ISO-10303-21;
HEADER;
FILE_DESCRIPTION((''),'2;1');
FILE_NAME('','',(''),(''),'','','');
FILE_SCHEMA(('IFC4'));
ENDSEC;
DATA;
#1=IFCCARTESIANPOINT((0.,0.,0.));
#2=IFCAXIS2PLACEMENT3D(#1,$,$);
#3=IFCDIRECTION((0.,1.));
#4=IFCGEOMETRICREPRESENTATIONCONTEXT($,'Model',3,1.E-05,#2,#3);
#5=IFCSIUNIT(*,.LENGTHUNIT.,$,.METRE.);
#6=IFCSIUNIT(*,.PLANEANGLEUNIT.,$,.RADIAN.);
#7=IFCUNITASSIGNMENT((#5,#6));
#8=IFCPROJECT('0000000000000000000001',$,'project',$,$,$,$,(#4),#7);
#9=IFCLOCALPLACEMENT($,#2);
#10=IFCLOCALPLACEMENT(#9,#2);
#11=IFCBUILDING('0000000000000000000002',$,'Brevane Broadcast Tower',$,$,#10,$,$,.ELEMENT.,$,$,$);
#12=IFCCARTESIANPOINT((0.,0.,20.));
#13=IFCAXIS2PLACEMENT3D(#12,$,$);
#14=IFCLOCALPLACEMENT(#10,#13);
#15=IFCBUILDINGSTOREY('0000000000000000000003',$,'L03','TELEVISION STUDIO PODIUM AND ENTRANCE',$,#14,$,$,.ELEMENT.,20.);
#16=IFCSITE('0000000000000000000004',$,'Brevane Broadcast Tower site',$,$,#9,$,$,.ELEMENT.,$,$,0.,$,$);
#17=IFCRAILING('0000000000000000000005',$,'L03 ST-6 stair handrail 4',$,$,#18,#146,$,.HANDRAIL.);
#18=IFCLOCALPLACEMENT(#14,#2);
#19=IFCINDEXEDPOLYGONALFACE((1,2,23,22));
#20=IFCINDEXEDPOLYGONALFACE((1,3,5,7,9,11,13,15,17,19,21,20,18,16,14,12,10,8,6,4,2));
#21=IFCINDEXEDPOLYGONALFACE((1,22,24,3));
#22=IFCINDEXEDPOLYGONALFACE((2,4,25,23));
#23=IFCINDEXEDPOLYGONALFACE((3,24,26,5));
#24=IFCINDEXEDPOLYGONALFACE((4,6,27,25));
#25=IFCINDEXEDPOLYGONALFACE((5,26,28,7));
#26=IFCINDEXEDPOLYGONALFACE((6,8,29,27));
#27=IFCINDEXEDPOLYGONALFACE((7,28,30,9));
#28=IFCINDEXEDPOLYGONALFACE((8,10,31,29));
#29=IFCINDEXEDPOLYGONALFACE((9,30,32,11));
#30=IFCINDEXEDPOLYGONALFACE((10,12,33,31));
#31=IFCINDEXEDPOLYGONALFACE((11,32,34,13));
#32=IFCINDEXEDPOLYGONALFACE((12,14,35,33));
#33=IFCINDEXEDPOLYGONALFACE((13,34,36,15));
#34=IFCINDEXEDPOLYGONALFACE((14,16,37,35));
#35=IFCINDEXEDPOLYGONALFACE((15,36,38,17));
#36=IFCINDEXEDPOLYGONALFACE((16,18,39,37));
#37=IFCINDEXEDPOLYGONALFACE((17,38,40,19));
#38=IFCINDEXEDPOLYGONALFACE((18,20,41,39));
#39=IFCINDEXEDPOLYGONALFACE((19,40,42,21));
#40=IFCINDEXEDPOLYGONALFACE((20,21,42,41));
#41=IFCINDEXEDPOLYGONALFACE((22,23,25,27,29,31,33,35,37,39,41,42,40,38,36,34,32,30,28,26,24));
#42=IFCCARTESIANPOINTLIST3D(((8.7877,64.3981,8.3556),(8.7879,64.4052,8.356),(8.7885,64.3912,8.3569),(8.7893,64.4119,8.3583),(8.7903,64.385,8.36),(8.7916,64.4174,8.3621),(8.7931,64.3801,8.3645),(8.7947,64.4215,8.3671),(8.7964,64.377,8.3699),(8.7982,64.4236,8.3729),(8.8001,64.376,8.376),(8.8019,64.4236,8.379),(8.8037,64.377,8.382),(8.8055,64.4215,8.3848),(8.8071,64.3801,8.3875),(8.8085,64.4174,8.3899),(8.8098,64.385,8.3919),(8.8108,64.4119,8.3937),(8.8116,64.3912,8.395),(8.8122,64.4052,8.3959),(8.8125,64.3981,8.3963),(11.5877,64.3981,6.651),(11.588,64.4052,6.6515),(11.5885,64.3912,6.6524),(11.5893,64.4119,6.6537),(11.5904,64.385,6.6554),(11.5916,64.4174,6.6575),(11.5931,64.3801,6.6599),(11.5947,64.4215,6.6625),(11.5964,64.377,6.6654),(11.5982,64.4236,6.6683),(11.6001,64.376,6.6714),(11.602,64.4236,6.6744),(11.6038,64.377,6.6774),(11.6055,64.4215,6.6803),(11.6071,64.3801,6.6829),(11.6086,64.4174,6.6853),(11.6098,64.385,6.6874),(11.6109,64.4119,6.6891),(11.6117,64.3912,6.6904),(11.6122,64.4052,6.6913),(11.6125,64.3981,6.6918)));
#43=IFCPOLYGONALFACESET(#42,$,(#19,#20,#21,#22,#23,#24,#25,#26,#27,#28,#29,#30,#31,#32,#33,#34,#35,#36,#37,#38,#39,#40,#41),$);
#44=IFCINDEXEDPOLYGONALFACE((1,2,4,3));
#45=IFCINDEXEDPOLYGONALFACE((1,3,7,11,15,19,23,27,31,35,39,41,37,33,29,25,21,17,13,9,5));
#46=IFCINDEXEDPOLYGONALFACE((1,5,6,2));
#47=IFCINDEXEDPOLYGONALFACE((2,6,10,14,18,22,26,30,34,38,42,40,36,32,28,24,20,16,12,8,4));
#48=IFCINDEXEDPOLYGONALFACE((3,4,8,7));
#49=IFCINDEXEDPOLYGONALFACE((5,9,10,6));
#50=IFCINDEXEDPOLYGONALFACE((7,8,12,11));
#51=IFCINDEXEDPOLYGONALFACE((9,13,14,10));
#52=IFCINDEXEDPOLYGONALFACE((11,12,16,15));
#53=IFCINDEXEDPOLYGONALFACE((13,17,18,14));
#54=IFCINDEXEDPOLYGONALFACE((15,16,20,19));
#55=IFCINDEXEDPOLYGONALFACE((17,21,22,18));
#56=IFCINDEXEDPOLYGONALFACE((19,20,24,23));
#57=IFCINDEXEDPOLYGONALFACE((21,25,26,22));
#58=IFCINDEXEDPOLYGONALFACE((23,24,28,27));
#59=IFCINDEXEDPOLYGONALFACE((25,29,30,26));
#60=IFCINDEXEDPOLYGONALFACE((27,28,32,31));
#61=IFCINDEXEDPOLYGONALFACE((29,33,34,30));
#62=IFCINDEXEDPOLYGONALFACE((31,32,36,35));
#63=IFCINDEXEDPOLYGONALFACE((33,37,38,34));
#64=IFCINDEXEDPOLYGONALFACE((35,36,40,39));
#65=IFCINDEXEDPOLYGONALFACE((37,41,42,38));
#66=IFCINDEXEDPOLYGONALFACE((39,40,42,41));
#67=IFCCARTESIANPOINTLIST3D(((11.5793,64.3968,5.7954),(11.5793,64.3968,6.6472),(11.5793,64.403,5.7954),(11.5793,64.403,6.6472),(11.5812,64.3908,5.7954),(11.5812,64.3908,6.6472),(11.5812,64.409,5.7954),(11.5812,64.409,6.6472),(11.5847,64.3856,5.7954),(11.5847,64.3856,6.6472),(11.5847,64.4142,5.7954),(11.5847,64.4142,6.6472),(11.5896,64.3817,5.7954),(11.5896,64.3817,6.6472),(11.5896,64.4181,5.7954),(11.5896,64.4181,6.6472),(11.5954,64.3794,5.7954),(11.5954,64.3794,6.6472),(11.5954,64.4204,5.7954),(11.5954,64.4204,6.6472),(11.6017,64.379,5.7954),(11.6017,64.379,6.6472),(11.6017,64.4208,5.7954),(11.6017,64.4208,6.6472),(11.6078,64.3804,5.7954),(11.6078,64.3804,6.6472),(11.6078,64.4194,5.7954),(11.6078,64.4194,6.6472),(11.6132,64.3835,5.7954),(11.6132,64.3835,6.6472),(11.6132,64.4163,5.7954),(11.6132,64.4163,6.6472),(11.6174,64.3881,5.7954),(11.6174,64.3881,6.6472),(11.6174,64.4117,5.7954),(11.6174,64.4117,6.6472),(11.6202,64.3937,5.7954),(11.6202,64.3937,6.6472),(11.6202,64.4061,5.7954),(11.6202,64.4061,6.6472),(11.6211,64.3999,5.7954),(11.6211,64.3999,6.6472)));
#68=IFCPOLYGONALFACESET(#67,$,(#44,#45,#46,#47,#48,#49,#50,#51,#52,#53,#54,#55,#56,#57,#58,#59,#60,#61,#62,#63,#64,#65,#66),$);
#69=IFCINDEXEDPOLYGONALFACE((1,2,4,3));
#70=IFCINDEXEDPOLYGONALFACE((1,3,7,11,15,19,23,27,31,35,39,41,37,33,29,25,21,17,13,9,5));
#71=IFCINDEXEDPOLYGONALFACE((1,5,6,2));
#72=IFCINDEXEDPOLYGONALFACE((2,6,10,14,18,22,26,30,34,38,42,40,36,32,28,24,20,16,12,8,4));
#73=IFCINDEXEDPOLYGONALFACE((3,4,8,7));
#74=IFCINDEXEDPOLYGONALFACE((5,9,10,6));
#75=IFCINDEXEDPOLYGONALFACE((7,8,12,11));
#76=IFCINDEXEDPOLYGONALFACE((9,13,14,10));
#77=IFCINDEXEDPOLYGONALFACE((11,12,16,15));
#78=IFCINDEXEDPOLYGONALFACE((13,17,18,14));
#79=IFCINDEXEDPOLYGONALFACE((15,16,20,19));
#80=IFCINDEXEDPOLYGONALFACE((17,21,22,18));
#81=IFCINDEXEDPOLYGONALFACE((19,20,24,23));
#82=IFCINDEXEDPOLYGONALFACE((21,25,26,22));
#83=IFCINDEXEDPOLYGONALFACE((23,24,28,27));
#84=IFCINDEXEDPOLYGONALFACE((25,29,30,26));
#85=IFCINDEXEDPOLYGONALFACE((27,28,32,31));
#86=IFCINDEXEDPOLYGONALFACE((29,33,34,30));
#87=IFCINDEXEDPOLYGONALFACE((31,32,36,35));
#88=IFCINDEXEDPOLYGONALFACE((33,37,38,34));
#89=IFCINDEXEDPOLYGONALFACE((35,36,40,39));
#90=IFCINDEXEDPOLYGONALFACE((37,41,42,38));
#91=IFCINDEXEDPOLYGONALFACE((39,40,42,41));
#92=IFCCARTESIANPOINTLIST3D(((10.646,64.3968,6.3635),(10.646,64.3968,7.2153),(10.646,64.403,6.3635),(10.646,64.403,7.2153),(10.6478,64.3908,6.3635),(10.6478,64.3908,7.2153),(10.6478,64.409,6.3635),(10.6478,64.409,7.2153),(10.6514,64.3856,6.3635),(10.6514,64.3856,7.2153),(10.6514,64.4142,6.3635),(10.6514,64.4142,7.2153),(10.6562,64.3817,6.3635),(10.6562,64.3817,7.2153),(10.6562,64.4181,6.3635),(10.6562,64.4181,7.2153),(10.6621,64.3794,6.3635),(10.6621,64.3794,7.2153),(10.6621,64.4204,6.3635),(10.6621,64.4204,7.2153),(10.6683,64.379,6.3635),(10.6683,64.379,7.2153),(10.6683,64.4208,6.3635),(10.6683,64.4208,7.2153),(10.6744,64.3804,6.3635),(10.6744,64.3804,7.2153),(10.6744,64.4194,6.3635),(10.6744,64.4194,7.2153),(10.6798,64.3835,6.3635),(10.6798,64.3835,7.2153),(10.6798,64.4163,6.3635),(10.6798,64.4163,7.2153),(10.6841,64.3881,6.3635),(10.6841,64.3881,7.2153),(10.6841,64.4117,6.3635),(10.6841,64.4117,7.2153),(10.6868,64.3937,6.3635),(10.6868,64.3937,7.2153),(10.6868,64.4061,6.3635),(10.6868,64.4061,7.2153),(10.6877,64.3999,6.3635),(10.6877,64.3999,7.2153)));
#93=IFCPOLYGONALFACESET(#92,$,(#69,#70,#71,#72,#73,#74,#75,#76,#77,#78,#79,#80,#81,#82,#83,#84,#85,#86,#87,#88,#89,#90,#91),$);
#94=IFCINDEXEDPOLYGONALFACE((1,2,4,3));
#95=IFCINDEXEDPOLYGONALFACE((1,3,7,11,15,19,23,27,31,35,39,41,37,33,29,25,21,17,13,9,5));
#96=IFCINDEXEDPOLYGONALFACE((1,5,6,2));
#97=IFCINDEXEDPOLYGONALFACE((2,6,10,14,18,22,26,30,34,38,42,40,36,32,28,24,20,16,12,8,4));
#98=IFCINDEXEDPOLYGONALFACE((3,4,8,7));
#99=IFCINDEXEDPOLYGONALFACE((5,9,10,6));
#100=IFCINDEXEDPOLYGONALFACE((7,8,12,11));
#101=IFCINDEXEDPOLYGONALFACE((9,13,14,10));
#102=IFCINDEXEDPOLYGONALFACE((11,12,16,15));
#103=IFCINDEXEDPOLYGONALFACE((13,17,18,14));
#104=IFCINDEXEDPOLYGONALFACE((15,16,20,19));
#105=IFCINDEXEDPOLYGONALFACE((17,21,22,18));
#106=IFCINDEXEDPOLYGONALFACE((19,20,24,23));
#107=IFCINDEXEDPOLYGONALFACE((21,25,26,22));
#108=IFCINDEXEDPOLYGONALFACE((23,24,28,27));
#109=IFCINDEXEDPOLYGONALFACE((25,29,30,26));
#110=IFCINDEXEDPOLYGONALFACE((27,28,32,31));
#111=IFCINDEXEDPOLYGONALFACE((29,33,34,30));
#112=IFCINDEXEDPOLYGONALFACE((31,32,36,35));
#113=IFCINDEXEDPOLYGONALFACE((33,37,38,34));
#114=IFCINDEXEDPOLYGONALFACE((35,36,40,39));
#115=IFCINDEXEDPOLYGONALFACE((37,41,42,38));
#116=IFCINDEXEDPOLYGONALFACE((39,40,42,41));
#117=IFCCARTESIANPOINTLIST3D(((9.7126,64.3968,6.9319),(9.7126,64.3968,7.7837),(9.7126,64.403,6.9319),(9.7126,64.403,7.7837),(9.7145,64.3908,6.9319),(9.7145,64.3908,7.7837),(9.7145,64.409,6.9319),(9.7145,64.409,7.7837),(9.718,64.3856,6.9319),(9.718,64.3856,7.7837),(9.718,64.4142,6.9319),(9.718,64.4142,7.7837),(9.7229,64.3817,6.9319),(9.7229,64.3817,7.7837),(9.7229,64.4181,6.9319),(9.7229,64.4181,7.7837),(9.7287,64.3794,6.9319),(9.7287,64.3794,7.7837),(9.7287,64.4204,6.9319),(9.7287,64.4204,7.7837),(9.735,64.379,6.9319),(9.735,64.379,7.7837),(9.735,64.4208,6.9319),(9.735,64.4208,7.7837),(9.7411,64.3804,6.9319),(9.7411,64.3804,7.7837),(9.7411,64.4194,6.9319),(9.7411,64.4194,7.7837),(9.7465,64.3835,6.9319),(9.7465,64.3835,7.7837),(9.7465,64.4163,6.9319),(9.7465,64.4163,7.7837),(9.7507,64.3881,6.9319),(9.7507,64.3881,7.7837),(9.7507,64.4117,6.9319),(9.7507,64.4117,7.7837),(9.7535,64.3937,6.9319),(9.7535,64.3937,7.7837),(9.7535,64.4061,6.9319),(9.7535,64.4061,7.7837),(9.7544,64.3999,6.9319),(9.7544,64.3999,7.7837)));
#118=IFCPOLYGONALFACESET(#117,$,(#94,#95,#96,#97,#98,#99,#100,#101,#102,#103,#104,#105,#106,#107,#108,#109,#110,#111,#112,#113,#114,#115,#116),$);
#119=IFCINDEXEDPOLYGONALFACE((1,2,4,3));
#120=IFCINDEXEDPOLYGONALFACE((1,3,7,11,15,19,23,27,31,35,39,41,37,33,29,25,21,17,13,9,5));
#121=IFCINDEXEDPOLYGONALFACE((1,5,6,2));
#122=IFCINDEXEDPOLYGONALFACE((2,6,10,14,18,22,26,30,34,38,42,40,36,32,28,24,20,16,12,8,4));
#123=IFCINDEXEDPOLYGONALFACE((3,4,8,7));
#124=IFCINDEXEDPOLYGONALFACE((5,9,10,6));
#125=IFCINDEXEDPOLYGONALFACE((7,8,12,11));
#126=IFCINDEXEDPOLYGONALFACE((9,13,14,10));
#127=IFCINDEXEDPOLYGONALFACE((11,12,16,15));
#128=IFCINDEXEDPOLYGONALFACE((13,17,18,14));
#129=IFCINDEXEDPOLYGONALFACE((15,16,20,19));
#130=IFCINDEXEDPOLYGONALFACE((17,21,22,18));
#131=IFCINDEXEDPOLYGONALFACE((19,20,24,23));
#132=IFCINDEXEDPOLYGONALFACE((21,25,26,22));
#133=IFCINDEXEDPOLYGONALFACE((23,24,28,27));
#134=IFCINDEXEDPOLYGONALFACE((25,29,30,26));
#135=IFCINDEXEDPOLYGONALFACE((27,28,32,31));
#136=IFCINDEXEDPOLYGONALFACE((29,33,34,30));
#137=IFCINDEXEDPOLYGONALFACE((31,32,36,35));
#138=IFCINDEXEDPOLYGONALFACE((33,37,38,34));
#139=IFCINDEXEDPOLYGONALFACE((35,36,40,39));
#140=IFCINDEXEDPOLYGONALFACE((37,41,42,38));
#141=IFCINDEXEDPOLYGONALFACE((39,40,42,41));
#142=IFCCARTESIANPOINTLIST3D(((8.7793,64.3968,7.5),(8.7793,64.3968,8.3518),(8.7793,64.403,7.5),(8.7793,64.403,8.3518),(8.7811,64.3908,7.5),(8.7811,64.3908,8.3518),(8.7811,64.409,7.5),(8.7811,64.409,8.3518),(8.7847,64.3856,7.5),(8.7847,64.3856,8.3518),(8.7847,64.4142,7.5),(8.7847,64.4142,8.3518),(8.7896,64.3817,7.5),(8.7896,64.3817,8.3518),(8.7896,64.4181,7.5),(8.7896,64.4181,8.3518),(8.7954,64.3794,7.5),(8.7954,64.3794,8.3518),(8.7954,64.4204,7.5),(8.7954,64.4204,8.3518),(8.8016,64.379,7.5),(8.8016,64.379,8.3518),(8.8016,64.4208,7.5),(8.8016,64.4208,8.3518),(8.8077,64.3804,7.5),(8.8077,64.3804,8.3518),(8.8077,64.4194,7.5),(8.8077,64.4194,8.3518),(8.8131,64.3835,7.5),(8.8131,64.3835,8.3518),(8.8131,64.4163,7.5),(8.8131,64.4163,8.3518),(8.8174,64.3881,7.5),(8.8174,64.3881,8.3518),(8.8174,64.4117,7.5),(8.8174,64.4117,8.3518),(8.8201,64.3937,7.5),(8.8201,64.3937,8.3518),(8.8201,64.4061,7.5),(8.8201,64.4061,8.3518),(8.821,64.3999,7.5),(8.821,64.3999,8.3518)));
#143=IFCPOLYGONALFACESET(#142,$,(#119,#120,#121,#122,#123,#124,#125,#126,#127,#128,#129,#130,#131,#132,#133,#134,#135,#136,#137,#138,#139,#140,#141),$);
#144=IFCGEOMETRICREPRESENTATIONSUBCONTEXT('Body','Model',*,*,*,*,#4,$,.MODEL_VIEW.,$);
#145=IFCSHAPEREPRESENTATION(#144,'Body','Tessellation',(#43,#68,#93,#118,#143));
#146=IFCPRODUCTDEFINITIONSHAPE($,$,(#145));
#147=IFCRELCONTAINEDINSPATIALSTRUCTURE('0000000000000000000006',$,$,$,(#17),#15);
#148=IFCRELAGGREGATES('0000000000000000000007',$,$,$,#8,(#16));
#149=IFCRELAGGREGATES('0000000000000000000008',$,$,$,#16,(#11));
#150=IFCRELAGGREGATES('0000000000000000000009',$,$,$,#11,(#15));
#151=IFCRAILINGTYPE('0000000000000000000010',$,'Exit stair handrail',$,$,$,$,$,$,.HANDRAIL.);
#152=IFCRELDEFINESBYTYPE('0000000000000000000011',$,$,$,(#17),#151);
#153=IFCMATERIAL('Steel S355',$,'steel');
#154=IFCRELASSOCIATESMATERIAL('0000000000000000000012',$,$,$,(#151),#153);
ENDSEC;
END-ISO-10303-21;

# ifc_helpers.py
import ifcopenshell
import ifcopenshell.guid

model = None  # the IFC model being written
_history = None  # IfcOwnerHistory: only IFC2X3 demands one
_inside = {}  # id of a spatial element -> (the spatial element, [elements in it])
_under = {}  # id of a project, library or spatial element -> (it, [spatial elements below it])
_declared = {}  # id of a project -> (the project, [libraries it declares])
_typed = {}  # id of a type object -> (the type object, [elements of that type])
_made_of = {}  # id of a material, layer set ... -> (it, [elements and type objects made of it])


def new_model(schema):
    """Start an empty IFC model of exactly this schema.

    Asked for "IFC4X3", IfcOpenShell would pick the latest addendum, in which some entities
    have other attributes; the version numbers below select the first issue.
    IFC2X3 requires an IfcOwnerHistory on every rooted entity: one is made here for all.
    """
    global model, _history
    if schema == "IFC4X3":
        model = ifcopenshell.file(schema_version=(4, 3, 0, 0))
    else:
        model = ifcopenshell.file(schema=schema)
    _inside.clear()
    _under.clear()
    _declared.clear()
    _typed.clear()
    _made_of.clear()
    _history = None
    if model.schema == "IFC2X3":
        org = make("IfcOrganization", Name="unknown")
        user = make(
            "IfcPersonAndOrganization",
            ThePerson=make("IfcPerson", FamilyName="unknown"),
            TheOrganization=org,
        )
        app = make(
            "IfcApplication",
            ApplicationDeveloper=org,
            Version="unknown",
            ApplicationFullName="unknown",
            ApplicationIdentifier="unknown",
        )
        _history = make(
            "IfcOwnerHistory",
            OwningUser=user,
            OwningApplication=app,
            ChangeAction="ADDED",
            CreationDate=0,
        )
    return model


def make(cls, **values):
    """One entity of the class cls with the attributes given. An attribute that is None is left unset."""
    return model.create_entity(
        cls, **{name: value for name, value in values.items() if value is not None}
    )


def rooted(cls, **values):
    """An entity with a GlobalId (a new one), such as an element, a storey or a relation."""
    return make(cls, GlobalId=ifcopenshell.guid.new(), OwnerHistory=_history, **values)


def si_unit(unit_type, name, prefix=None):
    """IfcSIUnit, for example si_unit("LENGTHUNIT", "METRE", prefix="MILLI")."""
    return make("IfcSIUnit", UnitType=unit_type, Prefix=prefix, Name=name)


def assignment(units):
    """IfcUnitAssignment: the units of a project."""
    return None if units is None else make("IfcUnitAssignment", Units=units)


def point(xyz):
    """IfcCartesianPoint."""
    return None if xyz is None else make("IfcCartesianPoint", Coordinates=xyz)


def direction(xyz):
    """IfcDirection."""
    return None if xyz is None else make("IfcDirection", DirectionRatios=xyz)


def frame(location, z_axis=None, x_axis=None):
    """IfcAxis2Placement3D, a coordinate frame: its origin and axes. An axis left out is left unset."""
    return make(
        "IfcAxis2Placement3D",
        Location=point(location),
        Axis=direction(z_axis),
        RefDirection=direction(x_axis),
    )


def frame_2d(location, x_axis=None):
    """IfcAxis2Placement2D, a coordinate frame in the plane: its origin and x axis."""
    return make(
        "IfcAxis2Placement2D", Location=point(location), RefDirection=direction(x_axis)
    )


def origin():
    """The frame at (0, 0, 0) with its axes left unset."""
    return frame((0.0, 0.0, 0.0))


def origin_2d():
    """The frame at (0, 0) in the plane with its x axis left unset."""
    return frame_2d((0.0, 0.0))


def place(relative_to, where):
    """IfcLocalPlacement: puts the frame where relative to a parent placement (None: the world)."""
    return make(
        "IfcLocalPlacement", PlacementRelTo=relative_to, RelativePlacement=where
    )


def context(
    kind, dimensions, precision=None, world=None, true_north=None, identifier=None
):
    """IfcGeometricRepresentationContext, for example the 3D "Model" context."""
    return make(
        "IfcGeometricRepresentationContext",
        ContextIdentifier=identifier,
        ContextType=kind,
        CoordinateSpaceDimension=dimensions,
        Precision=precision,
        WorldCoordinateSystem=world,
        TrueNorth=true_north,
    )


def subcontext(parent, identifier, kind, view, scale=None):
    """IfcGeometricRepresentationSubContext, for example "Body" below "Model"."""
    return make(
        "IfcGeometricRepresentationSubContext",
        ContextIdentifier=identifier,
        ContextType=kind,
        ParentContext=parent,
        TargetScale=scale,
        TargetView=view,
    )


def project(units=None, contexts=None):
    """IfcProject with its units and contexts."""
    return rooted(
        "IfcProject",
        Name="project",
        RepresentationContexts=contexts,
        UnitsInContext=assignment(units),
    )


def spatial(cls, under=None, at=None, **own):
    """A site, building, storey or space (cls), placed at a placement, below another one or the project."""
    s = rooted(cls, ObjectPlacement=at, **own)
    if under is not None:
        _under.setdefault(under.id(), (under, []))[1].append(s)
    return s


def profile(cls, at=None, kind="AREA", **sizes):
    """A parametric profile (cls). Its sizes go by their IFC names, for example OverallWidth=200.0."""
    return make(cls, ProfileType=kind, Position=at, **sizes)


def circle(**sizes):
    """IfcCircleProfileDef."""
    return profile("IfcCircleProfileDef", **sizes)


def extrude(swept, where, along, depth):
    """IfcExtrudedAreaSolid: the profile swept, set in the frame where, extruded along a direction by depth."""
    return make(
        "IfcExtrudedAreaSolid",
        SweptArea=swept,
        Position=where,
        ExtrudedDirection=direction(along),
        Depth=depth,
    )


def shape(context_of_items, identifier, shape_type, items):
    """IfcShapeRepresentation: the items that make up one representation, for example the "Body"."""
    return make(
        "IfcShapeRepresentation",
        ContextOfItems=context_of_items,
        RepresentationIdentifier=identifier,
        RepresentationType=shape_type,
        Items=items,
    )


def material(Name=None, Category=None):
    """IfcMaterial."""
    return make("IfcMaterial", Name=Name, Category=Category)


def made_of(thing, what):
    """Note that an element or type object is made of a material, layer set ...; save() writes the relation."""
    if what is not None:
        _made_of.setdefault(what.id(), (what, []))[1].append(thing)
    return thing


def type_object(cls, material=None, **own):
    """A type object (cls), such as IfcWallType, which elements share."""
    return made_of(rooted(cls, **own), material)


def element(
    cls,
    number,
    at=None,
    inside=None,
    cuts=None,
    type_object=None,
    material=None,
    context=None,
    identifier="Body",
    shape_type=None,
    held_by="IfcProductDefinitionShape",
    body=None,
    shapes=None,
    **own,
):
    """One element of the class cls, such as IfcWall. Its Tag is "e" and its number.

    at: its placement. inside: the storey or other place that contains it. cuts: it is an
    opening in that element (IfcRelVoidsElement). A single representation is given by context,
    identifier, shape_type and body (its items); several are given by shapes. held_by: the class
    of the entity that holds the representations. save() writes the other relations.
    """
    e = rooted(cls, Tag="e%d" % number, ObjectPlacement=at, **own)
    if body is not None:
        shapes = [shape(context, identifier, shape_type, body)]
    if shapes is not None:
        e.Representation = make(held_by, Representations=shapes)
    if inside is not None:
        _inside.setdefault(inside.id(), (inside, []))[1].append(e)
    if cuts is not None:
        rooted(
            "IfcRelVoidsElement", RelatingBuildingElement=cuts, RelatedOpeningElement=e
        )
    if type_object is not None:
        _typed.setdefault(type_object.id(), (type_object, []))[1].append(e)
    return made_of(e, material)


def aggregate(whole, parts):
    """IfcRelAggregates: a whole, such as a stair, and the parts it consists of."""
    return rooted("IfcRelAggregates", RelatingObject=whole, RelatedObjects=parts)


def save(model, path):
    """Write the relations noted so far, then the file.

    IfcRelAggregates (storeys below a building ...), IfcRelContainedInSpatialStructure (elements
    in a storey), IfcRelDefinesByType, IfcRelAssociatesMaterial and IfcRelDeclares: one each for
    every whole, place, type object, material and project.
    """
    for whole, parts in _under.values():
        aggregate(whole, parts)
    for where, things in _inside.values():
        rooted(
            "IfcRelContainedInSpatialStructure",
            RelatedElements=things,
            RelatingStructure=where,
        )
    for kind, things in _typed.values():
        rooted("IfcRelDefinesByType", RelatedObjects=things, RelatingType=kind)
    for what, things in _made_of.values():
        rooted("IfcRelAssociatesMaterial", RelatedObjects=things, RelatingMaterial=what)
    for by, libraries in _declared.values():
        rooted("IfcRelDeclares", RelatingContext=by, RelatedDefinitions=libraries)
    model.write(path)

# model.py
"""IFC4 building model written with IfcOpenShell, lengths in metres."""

from ifc_helpers import new_model, si_unit, direction, frame, origin, origin_2d, place, context, subcontext, project, spatial, circle, extrude, material, type_object, element, save


model = new_model("IFC4")

# Units and contexts
model_context = context("Model", 3, precision=1e-05, world=origin(), true_north=direction((0.0, 1.0)))
body_context = subcontext(model_context, "Body", "Model", "MODEL_VIEW")
ifc_project = project(units=[si_unit("LENGTHUNIT", "METRE"), si_unit("PLANEANGLEUNIT", "RADIAN")], contexts=[model_context])

# Site, building, storey
site_placement = place(None, origin())
site = spatial("IfcSite", under=ifc_project, at=site_placement, Name="Brevane Broadcast Tower site", CompositionType="ELEMENT", RefElevation=0.0)
building_placement = place(site_placement, origin())
building = spatial("IfcBuilding", under=site, at=building_placement, Name="Brevane Broadcast Tower", CompositionType="ELEMENT")
storey_placement = place(building_placement, frame((0.0, 0.0, 20.0)))
storey = spatial("IfcBuildingStorey", under=building, at=storey_placement, Name="L03", Description="TELEVISION STUDIO PODIUM AND ENTRANCE", CompositionType="ELEMENT", Elevation=20.0)

# Railing
ifc_material_1 = material(Name="Steel S355", Category="steel")
railing_type_1 = type_object("IfcRailingType", Name="Exit stair handrail", PredefinedType="HANDRAIL", material=ifc_material_1)
railing_1_placement = place(storey_placement, frame((11.6001, 64.3999, 5.7954)))
element("IfcRailing", 1, at=railing_1_placement, inside=storey, type_object=railing_type_1, Name="L03 ST-6 stair handrail 4", PredefinedType="HANDRAIL", context=body_context, shape_type="SweptSolid", body=[
    extrude(circle(Radius=0.0239, at=origin_2d()), frame((0.0, 0.0, 0.876), z_axis=(-0.85417, 0.0, 0.519994), x_axis=(0.0, -1.0, 0.0)), (0.0, 0.0, 1.0), 3.2781),
    extrude(circle(Radius=0.021, at=origin_2d()), origin(), (0.0, 0.0, 1.0), 0.8518),
    extrude(circle(Radius=0.021, at=origin_2d()), frame((-0.9333, 0.0, 0.5681)), (0.0, 0.0, 1.0), 0.8518),
    extrude(circle(Radius=0.021, at=origin_2d()), frame((-1.8667, 0.0, 1.1365)), (0.0, 0.0, 1.0), 0.8518),
    extrude(circle(Radius=0.021, at=origin_2d()), frame((-2.8, 0.0, 1.7046)), (0.0, 0.0, 1.0), 0.8518),
])

save(model, "model.ifc")
